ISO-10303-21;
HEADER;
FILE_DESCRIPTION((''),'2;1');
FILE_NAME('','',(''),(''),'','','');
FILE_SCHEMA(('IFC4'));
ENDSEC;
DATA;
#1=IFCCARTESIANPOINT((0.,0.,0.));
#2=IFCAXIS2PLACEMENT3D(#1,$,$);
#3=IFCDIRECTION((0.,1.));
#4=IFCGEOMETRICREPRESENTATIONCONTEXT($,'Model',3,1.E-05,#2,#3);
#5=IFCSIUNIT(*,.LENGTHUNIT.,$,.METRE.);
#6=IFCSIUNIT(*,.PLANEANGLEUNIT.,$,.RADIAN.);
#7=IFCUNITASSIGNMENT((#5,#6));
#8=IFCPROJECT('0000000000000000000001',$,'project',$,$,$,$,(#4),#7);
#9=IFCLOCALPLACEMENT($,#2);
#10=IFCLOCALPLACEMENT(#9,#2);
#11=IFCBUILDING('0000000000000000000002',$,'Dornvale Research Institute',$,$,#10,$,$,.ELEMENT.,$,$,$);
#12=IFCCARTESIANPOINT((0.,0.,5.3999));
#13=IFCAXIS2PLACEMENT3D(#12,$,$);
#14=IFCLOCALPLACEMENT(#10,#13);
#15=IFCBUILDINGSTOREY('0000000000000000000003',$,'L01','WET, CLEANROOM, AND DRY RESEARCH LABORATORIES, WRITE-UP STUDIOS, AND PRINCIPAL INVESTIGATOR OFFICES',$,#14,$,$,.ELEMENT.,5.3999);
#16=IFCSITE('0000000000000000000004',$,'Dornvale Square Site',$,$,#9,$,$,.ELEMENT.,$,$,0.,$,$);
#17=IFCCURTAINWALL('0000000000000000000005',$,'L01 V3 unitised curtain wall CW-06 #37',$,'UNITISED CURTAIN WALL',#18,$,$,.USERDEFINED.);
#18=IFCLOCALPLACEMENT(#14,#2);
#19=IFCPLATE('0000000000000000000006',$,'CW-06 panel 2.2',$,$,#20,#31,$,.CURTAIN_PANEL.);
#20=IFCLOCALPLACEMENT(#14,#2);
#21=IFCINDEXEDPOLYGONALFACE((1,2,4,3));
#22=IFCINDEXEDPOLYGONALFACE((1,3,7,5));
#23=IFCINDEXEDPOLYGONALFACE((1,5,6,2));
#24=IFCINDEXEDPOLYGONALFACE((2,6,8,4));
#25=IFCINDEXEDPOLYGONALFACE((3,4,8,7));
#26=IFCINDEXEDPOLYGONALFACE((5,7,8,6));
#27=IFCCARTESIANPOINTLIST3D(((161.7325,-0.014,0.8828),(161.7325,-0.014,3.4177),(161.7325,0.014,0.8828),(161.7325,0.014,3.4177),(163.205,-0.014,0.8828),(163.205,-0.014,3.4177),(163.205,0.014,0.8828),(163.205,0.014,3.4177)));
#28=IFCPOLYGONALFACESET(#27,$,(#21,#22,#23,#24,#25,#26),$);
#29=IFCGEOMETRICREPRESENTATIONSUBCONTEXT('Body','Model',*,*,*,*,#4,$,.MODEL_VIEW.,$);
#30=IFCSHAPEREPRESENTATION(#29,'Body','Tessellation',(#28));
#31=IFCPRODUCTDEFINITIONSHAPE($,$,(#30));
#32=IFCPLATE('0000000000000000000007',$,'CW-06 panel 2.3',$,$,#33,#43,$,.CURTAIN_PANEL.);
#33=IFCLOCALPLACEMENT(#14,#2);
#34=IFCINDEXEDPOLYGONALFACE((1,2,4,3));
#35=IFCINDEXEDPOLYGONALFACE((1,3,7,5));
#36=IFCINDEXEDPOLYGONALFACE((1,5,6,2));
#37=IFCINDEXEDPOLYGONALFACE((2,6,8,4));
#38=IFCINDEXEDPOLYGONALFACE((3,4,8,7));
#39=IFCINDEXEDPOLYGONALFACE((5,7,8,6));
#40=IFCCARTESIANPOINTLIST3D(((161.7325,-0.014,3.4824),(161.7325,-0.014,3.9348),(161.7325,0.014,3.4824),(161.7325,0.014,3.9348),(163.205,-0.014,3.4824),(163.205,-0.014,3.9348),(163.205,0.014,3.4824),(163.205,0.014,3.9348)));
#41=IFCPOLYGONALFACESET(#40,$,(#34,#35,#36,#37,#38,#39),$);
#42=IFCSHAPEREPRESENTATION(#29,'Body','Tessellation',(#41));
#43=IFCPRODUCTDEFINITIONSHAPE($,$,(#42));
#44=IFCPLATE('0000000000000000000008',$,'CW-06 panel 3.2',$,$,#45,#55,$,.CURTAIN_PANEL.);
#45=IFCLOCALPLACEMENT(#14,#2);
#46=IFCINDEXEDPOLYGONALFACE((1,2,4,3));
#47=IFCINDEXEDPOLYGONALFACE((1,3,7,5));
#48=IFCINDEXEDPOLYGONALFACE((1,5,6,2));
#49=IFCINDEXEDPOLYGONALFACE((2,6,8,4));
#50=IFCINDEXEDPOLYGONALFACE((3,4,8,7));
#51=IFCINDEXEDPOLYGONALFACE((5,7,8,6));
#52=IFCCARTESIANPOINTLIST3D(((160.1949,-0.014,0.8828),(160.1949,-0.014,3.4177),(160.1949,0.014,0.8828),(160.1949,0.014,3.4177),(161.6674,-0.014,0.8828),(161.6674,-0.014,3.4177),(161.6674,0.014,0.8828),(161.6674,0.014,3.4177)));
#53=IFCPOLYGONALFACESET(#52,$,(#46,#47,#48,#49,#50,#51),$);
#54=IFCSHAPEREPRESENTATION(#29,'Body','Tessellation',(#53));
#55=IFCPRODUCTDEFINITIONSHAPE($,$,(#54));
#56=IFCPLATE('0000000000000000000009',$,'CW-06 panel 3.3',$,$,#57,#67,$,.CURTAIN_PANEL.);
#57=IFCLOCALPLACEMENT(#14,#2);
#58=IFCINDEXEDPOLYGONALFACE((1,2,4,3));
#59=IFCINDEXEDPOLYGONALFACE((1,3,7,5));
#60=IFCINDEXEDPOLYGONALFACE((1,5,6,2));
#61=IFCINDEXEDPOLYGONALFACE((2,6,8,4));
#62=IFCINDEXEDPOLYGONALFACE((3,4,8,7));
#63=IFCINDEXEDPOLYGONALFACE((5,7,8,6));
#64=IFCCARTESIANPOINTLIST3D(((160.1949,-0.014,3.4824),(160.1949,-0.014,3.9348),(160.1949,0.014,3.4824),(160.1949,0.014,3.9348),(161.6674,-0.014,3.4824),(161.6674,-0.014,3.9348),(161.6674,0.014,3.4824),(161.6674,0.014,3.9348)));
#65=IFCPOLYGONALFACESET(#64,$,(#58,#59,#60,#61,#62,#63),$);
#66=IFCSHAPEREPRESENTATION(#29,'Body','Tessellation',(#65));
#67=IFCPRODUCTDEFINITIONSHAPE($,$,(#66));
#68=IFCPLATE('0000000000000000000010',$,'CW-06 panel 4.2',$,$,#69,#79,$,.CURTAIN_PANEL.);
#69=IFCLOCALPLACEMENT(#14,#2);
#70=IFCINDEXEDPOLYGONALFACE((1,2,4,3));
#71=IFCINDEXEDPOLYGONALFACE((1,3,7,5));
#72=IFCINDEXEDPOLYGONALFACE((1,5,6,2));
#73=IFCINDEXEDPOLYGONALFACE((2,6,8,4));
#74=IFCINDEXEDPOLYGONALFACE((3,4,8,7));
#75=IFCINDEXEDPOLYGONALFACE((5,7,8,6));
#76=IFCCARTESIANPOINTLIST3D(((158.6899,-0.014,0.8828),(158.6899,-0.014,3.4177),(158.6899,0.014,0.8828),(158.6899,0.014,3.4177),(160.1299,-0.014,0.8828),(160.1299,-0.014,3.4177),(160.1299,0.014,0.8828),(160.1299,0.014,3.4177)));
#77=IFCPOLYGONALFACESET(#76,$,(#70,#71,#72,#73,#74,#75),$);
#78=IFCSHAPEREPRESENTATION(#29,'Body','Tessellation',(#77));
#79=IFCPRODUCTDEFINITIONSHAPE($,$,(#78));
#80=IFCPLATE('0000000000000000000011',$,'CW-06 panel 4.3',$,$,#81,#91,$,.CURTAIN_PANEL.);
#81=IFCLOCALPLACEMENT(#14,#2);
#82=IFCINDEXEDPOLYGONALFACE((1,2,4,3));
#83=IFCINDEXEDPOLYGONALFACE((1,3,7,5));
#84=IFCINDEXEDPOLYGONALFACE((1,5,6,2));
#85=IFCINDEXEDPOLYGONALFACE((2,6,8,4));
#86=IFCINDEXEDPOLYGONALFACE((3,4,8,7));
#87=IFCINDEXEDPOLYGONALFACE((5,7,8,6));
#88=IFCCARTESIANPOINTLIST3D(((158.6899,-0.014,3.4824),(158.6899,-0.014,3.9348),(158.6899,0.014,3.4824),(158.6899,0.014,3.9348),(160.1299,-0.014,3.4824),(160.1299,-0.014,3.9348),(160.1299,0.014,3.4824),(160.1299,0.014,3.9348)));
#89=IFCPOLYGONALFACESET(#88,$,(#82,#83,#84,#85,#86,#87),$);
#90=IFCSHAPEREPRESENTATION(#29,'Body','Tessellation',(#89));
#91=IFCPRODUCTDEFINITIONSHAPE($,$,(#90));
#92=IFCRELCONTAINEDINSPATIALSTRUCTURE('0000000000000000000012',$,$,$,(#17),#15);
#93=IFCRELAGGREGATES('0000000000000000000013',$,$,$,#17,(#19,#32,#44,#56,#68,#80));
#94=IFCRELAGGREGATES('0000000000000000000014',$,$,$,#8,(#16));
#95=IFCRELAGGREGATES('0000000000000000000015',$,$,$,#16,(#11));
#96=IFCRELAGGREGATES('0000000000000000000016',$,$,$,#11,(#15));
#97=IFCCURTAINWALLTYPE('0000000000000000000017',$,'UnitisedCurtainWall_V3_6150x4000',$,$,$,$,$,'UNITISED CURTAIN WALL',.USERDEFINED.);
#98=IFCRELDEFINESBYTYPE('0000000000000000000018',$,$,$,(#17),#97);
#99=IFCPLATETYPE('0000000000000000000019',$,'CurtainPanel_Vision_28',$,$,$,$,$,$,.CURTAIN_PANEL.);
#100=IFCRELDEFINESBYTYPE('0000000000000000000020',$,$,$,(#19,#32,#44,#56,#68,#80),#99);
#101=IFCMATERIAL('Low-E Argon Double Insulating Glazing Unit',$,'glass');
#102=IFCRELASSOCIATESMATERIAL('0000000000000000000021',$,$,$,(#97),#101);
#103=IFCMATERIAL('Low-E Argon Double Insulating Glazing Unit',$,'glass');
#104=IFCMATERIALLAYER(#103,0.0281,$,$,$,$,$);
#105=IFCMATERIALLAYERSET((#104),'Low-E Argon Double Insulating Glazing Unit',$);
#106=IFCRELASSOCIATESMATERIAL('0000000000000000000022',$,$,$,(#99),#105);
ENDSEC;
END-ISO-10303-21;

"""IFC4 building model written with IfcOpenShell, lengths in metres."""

from ifc_helpers import new_model, si_unit, direction, frame, origin, origin_2d, place, context, subcontext, project, spatial, rectangle, extrude, material, layer, layer_set, type_object, element, aggregate, save


model = new_model("IFC4")

# Units and contexts
model_context = context("Model", 3, precision=1e-05, world=origin(), true_north=direction((0.0, 1.0)))
body_context = subcontext(model_context, "Body", "Model", "MODEL_VIEW")
ifc_project = project(units=[si_unit("LENGTHUNIT", "METRE"), si_unit("PLANEANGLEUNIT", "RADIAN")], contexts=[model_context])

# Site, building, storey
site_placement = place(None, origin())
site = spatial("IfcSite", under=ifc_project, at=site_placement, Name="Dornvale Square Site", CompositionType="ELEMENT", RefElevation=0.0)
building_placement = place(site_placement, origin())
building = spatial("IfcBuilding", under=site, at=building_placement, Name="Dornvale Research Institute", CompositionType="ELEMENT")
storey_placement = place(building_placement, frame((0.0, 0.0, 5.3999)))
storey = spatial("IfcBuildingStorey", under=building, at=storey_placement, Name="L01", Description="WET, CLEANROOM, AND DRY RESEARCH LABORATORIES, WRITE-UP STUDIOS, AND PRINCIPAL INVESTIGATOR OFFICES", CompositionType="ELEMENT", Elevation=5.3999)

# Curtain wall
ifc_material_1 = material(Name="Low-E Argon Double Insulating Glazing Unit", Category="glass")
curtain_wall_type = type_object("IfcCurtainWallType", Name="UnitisedCurtainWall_V3_6150x4000", ElementType="UNITISED CURTAIN WALL", PredefinedType="USERDEFINED", material=ifc_material_1)
curtain_wall_placement = place(storey_placement, origin())
curtain_wall = element("IfcCurtainWall", 1, at=curtain_wall_placement, inside=storey, type_object=curtain_wall_type, Name="L01 V3 unitised curtain wall CW-06 #37", ObjectType="UNITISED CURTAIN WALL", PredefinedType="USERDEFINED")

# Plates
ifc_material_2 = material(Name="Low-E Argon Double Insulating Glazing Unit", Category="glass")
ifc_layer_1 = layer(ifc_material_2, 0.0281)
ifc_layer_set_1 = layer_set([ifc_layer_1], Name="Low-E Argon Double Insulating Glazing Unit")
plate_type_1 = type_object("IfcPlateType", Name="CurtainPanel_Vision_28", PredefinedType="CURTAIN_PANEL", material=ifc_layer_set_1)
plate_1_placement = place(storey_placement, frame((162.4688, 0.0, 0.8828), z_axis=(0.0, 0.0, 1.0), x_axis=(-1.0, 0.0, 0.0)))
plate_1 = element("IfcPlate", 2, at=plate_1_placement, type_object=plate_type_1, Name="CW-06 panel 2.2", PredefinedType="CURTAIN_PANEL", context=body_context, shape_type="SweptSolid", body=[
    extrude(rectangle(XDim=1.4724, YDim=0.0281, at=origin_2d()), origin(), (0.0, 0.0, 1.0), 2.5349),
])
plate_2_placement = place(storey_placement, frame((162.4688, 0.0, 3.4824), z_axis=(0.0, 0.0, 1.0), x_axis=(-1.0, 0.0, 0.0)))
plate_2 = element("IfcPlate", 3, at=plate_2_placement, type_object=plate_type_1, Name="CW-06 panel 2.3", PredefinedType="CURTAIN_PANEL", context=body_context, shape_type="SweptSolid", body=[
    extrude(rectangle(XDim=1.4724, YDim=0.0281, at=origin_2d()), origin(), (0.0, 0.0, 1.0), 0.4524),
])
plate_3_placement = place(storey_placement, frame((160.9312, 0.0, 0.8828), z_axis=(0.0, 0.0, 1.0), x_axis=(-1.0, 0.0, 0.0)))
plate_3 = element("IfcPlate", 4, at=plate_3_placement, type_object=plate_type_1, Name="CW-06 panel 3.2", PredefinedType="CURTAIN_PANEL", context=body_context, shape_type="SweptSolid", body=[
    extrude(rectangle(XDim=1.4724, YDim=0.0281, at=origin_2d()), origin(), (0.0, 0.0, 1.0), 2.5349),
])
plate_4_placement = place(storey_placement, frame((160.9312, 0.0, 3.4824), z_axis=(0.0, 0.0, 1.0), x_axis=(-1.0, 0.0, 0.0)))
plate_4 = element("IfcPlate", 5, at=plate_4_placement, type_object=plate_type_1, Name="CW-06 panel 3.3", PredefinedType="CURTAIN_PANEL", context=body_context, shape_type="SweptSolid", body=[
    extrude(rectangle(XDim=1.4724, YDim=0.0281, at=origin_2d()), origin(), (0.0, 0.0, 1.0), 0.4524),
])
plate_5_placement = place(storey_placement, frame((159.4099, 0.0, 0.8828), z_axis=(0.0, 0.0, 1.0), x_axis=(-1.0, 0.0, 0.0)))
plate_5 = element("IfcPlate", 6, at=plate_5_placement, type_object=plate_type_1, Name="CW-06 panel 4.2", PredefinedType="CURTAIN_PANEL", context=body_context, shape_type="SweptSolid", body=[
    extrude(rectangle(XDim=1.4399, YDim=0.0281, at=origin_2d()), origin(), (0.0, 0.0, 1.0), 2.5349),
])
plate_6_placement = place(storey_placement, frame((159.4099, 0.0, 3.4824), z_axis=(0.0, 0.0, 1.0), x_axis=(-1.0, 0.0, 0.0)))
plate_6 = element("IfcPlate", 7, at=plate_6_placement, type_object=plate_type_1, Name="CW-06 panel 4.3", PredefinedType="CURTAIN_PANEL", context=body_context, shape_type="SweptSolid", body=[
    extrude(rectangle(XDim=1.4399, YDim=0.0281, at=origin_2d()), origin(), (0.0, 0.0, 1.0), 0.4524),
])
aggregate(curtain_wall, [plate_1, plate_2, plate_3, plate_4, plate_5, plate_6])

save(model, "model.ifc")
